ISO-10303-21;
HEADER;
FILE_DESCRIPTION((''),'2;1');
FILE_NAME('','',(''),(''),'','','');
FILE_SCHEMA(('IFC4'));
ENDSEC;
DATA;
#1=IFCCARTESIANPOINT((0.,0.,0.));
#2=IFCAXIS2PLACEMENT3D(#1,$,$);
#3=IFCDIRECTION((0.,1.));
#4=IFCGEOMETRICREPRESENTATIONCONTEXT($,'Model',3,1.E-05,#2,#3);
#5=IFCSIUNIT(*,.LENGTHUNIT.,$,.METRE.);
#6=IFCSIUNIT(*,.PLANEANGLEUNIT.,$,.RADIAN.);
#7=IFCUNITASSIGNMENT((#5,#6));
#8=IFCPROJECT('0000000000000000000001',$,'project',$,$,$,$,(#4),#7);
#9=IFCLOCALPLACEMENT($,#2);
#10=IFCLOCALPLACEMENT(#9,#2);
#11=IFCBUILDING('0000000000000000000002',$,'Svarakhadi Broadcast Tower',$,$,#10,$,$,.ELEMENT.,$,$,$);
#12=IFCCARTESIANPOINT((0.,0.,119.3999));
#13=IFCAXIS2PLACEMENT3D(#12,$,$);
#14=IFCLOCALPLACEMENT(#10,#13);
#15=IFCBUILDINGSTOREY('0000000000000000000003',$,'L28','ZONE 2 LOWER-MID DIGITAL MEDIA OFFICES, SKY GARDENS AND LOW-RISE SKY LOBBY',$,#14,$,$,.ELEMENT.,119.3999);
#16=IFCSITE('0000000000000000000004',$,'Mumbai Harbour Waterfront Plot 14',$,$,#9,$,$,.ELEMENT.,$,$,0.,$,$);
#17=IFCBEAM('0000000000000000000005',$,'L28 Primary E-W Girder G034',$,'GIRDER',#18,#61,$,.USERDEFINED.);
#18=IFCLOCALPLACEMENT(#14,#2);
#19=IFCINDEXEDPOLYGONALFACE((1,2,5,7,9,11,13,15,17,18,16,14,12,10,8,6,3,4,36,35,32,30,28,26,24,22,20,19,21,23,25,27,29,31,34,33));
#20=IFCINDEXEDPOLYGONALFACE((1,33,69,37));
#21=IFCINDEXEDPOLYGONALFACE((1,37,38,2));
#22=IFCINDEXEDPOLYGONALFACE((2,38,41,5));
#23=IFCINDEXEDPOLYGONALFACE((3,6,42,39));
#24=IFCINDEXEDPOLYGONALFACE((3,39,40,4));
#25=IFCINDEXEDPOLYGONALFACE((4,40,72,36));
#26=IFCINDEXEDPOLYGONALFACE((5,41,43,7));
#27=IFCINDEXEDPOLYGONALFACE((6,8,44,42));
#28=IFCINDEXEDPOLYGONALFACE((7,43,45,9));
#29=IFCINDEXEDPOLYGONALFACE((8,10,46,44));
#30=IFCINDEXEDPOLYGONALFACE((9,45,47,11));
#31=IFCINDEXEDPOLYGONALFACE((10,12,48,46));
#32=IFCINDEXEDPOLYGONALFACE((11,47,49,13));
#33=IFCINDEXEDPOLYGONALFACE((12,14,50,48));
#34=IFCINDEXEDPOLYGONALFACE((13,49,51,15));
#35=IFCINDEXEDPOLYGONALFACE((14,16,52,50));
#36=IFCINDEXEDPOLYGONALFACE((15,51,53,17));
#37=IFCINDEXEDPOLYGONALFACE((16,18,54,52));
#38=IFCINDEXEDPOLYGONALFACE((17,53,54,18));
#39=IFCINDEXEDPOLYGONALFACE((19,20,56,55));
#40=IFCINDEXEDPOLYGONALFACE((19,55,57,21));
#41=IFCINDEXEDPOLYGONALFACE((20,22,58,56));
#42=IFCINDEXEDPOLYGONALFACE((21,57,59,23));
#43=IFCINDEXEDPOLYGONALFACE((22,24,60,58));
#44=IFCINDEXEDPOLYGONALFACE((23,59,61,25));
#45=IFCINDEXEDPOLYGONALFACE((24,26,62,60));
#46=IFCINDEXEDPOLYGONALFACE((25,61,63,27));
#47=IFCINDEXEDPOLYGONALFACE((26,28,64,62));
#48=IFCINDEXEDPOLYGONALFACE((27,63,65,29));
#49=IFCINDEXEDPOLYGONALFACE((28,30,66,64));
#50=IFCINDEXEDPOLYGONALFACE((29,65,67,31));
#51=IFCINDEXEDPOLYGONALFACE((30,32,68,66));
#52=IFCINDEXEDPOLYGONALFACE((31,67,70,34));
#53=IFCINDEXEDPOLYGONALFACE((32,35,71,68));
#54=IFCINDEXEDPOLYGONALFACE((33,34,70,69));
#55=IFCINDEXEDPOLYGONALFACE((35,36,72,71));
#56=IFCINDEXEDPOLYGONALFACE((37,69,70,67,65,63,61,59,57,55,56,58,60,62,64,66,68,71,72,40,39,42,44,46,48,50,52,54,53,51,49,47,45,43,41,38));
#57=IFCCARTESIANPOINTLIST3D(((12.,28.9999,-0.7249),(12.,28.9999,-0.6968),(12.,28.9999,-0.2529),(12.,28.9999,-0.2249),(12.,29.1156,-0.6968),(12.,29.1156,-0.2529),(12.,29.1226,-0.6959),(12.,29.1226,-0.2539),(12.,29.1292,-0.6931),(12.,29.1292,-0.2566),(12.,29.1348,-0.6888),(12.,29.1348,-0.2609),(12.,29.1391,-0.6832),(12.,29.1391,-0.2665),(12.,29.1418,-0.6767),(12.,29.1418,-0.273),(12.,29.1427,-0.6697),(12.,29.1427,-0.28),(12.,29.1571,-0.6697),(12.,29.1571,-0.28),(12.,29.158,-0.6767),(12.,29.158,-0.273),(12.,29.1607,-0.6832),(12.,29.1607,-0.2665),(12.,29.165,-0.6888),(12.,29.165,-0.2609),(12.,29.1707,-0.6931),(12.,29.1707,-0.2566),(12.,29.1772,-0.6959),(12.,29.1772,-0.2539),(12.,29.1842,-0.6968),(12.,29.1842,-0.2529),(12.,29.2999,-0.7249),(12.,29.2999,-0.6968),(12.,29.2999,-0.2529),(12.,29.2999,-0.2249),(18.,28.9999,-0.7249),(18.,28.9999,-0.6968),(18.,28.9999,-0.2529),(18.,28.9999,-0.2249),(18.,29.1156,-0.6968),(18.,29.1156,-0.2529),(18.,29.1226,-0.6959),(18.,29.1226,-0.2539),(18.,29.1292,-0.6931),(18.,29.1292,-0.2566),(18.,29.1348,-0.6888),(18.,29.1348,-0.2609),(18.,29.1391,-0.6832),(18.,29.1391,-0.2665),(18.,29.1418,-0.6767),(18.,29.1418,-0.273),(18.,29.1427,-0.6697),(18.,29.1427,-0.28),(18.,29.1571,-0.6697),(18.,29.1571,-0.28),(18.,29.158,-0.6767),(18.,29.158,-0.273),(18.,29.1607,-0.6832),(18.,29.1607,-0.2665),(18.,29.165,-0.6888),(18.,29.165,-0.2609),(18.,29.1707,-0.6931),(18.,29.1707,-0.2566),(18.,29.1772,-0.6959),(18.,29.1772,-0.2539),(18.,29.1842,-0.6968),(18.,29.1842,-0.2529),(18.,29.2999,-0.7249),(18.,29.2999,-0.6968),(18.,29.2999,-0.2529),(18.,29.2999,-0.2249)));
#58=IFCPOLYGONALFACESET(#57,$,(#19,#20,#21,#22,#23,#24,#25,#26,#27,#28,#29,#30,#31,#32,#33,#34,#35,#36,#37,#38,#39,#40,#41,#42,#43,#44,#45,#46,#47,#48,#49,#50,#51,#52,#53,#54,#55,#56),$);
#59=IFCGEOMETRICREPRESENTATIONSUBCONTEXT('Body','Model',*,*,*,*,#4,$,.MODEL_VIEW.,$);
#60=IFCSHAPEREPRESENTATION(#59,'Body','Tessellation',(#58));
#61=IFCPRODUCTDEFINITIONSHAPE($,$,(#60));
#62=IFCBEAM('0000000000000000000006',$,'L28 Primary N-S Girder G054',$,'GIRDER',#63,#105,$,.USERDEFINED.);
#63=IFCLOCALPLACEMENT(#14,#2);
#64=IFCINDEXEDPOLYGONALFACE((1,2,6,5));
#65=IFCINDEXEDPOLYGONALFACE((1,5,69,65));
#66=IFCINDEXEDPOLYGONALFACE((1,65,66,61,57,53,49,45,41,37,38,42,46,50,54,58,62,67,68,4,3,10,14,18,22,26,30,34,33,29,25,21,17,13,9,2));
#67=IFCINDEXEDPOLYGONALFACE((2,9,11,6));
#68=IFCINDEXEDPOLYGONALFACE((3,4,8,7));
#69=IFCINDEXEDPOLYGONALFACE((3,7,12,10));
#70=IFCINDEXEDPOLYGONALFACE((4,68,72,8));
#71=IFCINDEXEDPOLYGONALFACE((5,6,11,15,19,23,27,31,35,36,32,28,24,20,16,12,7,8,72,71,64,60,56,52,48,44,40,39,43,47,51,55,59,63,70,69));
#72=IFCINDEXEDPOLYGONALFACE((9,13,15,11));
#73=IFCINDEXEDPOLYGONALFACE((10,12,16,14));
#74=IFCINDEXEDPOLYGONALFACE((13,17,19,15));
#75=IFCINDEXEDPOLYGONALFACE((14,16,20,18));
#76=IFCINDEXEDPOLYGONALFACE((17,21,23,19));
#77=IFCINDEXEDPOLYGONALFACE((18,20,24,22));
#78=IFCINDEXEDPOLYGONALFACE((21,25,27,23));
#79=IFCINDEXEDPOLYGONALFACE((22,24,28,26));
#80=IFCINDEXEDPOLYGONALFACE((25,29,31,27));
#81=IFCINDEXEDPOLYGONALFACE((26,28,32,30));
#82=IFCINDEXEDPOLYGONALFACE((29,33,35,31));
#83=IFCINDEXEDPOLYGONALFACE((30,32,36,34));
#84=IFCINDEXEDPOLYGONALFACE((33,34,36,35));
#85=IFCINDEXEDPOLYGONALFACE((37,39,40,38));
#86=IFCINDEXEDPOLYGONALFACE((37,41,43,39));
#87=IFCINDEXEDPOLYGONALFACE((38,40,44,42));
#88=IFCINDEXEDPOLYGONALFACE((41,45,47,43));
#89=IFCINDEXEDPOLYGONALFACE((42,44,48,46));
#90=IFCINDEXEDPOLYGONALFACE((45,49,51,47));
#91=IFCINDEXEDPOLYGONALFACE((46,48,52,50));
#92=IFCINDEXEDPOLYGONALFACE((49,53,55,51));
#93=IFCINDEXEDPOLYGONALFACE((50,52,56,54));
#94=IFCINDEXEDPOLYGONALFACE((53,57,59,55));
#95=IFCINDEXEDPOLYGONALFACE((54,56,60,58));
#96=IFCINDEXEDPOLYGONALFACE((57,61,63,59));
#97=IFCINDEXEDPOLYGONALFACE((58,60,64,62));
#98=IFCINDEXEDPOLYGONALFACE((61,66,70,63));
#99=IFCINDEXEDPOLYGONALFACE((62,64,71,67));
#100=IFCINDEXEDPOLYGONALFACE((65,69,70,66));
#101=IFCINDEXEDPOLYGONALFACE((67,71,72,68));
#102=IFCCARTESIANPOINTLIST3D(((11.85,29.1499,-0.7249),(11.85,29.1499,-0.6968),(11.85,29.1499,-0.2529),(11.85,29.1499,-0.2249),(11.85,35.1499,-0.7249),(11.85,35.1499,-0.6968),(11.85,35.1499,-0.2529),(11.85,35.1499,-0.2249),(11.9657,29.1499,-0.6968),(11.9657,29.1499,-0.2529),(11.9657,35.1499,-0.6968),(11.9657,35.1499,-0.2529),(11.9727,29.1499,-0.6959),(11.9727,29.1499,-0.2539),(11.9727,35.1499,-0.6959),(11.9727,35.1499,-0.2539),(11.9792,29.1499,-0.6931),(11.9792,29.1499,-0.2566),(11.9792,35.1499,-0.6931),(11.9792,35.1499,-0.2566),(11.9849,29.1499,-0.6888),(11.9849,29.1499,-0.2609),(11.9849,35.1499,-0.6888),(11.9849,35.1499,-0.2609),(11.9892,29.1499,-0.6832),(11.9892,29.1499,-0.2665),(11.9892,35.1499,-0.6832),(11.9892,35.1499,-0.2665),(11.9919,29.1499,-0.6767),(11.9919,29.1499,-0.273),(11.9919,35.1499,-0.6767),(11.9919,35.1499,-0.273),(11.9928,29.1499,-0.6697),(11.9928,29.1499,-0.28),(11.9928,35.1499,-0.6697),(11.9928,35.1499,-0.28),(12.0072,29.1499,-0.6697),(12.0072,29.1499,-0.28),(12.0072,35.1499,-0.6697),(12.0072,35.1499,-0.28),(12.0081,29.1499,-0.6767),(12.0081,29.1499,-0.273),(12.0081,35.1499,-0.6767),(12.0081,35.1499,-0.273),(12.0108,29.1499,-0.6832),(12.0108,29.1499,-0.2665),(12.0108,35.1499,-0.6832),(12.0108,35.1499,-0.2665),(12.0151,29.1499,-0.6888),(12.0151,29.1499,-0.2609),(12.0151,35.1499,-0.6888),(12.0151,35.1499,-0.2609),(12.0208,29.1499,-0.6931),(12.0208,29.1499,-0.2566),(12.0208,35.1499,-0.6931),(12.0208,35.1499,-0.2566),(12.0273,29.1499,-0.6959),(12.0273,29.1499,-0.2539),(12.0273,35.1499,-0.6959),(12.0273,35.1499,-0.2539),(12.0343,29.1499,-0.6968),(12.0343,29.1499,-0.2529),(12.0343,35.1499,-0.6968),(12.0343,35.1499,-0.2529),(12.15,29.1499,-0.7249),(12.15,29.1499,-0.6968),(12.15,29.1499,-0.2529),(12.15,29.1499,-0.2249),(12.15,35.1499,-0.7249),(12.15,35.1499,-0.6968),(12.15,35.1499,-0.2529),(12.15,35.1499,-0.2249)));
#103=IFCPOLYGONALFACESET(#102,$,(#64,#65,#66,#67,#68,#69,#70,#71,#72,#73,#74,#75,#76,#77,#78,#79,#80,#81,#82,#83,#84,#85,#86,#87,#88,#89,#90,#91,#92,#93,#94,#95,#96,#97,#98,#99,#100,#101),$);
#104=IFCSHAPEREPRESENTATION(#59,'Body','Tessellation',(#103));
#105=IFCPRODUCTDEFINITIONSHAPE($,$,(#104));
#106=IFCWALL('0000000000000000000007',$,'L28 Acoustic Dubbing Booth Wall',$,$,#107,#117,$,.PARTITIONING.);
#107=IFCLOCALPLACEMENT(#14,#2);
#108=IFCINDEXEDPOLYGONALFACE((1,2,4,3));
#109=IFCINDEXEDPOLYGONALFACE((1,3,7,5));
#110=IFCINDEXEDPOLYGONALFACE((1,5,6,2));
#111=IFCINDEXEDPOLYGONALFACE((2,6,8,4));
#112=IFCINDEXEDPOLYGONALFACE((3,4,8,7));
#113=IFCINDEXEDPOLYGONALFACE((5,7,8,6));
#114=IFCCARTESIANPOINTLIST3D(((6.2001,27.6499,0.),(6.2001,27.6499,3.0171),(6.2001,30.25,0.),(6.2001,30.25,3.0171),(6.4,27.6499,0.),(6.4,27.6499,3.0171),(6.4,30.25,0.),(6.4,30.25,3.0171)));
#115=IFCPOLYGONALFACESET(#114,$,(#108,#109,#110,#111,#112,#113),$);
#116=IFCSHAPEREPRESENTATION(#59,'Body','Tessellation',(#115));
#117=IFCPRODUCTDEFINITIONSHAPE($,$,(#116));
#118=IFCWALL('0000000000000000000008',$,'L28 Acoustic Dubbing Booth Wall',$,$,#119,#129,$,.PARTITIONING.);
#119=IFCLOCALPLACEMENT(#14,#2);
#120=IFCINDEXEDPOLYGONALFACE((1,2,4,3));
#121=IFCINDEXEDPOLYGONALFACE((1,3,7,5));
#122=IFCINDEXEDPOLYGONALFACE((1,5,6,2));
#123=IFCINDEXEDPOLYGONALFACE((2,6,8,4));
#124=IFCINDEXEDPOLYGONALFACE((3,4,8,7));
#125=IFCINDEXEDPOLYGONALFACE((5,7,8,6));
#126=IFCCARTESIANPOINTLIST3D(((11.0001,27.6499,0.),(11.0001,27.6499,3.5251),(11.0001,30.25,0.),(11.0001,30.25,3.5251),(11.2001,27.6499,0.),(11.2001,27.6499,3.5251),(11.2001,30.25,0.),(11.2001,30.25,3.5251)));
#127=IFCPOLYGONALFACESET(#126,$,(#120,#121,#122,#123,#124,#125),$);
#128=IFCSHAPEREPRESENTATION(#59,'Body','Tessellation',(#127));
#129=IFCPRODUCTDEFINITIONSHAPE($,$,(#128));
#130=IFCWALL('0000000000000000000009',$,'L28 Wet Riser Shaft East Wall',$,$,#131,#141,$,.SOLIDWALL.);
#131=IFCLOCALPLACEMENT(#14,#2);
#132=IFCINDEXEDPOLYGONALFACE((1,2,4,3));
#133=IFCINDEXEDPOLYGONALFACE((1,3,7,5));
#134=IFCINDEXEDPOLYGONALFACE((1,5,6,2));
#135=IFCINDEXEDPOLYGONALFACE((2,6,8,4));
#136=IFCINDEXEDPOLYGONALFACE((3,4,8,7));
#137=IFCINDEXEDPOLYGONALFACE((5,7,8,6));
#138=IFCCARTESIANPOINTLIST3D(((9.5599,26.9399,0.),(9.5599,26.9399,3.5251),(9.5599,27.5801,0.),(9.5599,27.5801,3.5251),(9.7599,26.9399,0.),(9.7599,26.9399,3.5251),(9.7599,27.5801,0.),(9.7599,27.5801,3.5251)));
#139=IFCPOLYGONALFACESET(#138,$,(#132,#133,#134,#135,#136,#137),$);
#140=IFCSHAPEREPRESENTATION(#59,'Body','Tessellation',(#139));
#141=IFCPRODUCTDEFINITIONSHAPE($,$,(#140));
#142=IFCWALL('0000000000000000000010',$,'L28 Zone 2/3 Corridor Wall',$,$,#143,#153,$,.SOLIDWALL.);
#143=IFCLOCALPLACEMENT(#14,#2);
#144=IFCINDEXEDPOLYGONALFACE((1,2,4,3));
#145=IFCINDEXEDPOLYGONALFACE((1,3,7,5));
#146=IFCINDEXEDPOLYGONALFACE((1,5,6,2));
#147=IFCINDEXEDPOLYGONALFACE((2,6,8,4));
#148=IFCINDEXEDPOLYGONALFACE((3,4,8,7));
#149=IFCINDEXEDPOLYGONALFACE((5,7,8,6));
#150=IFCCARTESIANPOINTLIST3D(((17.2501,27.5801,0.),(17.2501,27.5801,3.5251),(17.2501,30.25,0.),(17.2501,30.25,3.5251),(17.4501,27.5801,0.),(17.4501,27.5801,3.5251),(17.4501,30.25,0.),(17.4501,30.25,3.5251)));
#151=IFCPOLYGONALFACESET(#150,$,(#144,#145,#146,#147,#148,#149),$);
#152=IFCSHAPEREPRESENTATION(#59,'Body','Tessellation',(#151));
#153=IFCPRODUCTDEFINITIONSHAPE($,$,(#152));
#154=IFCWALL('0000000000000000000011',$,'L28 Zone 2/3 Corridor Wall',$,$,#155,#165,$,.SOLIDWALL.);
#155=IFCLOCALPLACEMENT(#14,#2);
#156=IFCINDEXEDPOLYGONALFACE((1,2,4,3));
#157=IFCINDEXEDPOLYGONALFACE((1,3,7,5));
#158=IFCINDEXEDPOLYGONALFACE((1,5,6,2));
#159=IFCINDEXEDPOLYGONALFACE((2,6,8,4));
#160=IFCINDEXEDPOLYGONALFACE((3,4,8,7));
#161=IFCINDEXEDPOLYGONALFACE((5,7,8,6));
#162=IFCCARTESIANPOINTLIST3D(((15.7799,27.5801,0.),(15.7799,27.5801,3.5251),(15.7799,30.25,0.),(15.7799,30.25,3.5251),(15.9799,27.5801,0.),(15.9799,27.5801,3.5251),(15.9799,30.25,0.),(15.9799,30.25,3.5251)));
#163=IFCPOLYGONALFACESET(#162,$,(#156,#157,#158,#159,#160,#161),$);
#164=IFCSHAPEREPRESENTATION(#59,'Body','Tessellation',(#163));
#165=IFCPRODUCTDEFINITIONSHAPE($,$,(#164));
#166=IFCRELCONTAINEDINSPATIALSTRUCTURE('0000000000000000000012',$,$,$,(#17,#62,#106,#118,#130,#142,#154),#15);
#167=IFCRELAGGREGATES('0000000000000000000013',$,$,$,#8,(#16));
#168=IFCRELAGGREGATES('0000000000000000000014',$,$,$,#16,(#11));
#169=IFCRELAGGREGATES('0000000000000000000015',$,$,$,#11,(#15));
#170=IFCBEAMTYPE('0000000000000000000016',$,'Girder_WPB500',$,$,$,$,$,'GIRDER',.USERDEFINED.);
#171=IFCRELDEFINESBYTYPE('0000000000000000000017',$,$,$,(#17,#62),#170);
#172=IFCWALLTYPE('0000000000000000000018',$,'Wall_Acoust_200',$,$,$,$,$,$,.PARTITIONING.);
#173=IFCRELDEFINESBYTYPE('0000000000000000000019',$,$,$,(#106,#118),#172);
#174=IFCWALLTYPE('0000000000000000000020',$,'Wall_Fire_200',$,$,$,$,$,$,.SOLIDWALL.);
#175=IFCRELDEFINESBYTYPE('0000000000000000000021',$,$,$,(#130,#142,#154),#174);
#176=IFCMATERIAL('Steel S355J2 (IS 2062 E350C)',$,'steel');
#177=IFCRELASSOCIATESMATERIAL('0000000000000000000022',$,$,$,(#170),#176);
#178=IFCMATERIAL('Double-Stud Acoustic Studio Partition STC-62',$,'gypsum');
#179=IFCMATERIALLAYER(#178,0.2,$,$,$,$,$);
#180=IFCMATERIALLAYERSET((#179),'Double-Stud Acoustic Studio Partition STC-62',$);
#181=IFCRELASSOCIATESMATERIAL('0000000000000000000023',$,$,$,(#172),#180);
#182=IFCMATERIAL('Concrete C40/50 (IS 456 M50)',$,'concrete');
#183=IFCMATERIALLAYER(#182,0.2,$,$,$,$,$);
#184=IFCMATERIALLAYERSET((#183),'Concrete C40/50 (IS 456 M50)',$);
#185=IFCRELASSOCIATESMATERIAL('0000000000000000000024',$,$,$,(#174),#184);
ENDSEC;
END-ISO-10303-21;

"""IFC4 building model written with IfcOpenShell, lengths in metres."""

from ifc_helpers import new_model, si_unit, direction, frame, frame_2d, origin, origin_2d, place, context, subcontext, project, spatial, rectangle, i_section, extrude, material, layer, layer_set, material_profile, profile_set, type_object, element, save


model = new_model("IFC4")

# Units and contexts
model_context = context("Model", 3, precision=1e-05, world=origin(), true_north=direction((0.0, 1.0)))
body_context = subcontext(model_context, "Body", "Model", "MODEL_VIEW")
ifc_project = project(units=[si_unit("LENGTHUNIT", "METRE"), si_unit("PLANEANGLEUNIT", "RADIAN")], contexts=[model_context])

# Site, building, storey
site_placement = place(None, origin())
site = spatial("IfcSite", under=ifc_project, at=site_placement, Name="Mumbai Harbour Waterfront Plot 14", CompositionType="ELEMENT", RefElevation=0.0)
building_placement = place(site_placement, origin())
building = spatial("IfcBuilding", under=site, at=building_placement, Name="Svarakhadi Broadcast Tower", CompositionType="ELEMENT")
storey_placement = place(building_placement, frame((0.0, 0.0, 119.3999)))
storey = spatial("IfcBuildingStorey", under=building, at=storey_placement, Name="L28", Description="ZONE 2 LOWER-MID DIGITAL MEDIA OFFICES, SKY GARDENS AND LOW-RISE SKY LOBBY", CompositionType="ELEMENT", Elevation=119.3999)

# Beams
ifc_material_1 = material(Name="Steel S355J2 (IS 2062 E350C)", Category="steel")
ifc_material_profile_1 = material_profile(ifc_material_1, i_section(OverallWidth=0.3, OverallDepth=0.5, WebThickness=0.0144, FlangeThickness=0.0281, FilletRadius=0.0271, at=origin_2d()), Name="WPB 500x300x187")
ifc_profile_set_1 = profile_set([ifc_material_profile_1], Name="Steel S355J2 (IS 2062 E350C)")
beam_type_1 = type_object("IfcBeamType", Name="Girder_WPB500", ElementType="GIRDER", PredefinedType="USERDEFINED", material=ifc_profile_set_1)
for number, where, z_axis, x_axis, name in (
    (1, (12.0, 29.1499, -0.4749), (1.0, 0.0, 0.0), (0.0, 1.0, 0.0), "L28 Primary E-W Girder G034"),
    (2, (12.0, 29.1499, -0.4749), (0.0, 1.0, 0.0), (-1.0, 0.0, 0.0), "L28 Primary N-S Girder G054"),
):
    element("IfcBeam", number, at=place(storey_placement, frame(where, z_axis=z_axis, x_axis=x_axis)), inside=storey, type_object=beam_type_1, Name=name, ObjectType="GIRDER", PredefinedType="USERDEFINED", context=body_context, shape_type="SweptSolid", body=[
        extrude(i_section(OverallWidth=0.3, OverallDepth=0.5, WebThickness=0.0144, FlangeThickness=0.0281, FilletRadius=0.0271, at=origin_2d()), origin(), (0.0, 0.0, 1.0), 6.0),
    ])

# Walls
ifc_material_2 = material(Name="Double-Stud Acoustic Studio Partition STC-62", Category="gypsum")
ifc_layer_1 = layer(ifc_material_2, 0.2)
ifc_layer_set_1 = layer_set([ifc_layer_1], Name="Double-Stud Acoustic Studio Partition STC-62")
wall_type_1 = type_object("IfcWallType", Name="Wall_Acoust_200", PredefinedType="PARTITIONING", material=ifc_layer_set_1)
wall_1_placement = place(storey_placement, frame((6.3, 27.6499, 0.0), z_axis=(0.0, 0.0, 1.0), x_axis=(0.0, 1.0, 0.0)))
element("IfcWall", 3, at=wall_1_placement, inside=storey, type_object=wall_type_1, Name="L28 Acoustic Dubbing Booth Wall", PredefinedType="PARTITIONING", context=body_context, shape_type="SweptSolid", body=[
    extrude(rectangle(XDim=2.6001, YDim=0.2, at=frame_2d((1.3, 0.0))), origin(), (0.0, 0.0, 1.0), 3.0171),
])
wall_2_placement = place(storey_placement, frame((11.1001, 27.6499, 0.0), z_axis=(0.0, 0.0, 1.0), x_axis=(0.0, 1.0, 0.0)))
element("IfcWall", 4, at=wall_2_placement, inside=storey, type_object=wall_type_1, Name="L28 Acoustic Dubbing Booth Wall", PredefinedType="PARTITIONING", context=body_context, shape_type="SweptSolid", body=[
    extrude(rectangle(XDim=2.6001, YDim=0.2, at=frame_2d((1.3, 0.0))), origin(), (0.0, 0.0, 1.0), 3.5251),
])
ifc_material_3 = material(Name="Concrete C40/50 (IS 456 M50)", Category="concrete")
ifc_layer_2 = layer(ifc_material_3, 0.2)
ifc_layer_set_2 = layer_set([ifc_layer_2], Name="Concrete C40/50 (IS 456 M50)")
wall_type_2 = type_object("IfcWallType", Name="Wall_Fire_200", PredefinedType="SOLIDWALL", material=ifc_layer_set_2)
wall_3_placement = place(storey_placement, frame((9.6599, 26.9399, 0.0), z_axis=(0.0, 0.0, 1.0), x_axis=(0.0, 1.0, 0.0)))
element("IfcWall", 5, at=wall_3_placement, inside=storey, type_object=wall_type_2, Name="L28 Wet Riser Shaft East Wall", PredefinedType="SOLIDWALL", context=body_context, shape_type="SweptSolid", body=[
    extrude(rectangle(XDim=0.6401, YDim=0.2, at=frame_2d((0.3201, 0.0))), origin(), (0.0, 0.0, 1.0), 3.5251),
])
for number, where, z_axis, x_axis, name in (
    (6, (17.3501, 30.25, 0.0), (0.0, 0.0, 1.0), (0.0, -1.0, 0.0), "L28 Zone 2/3 Corridor Wall"),
    (7, (15.8799, 27.5801, 0.0), (0.0, 0.0, 1.0), (0.0, 1.0, 0.0), "L28 Zone 2/3 Corridor Wall"),
):
    element("IfcWall", number, at=place(storey_placement, frame(where, z_axis=z_axis, x_axis=x_axis)), inside=storey, type_object=wall_type_2, Name=name, PredefinedType="SOLIDWALL", context=body_context, shape_type="SweptSolid", body=[
        extrude(rectangle(XDim=2.6699, YDim=0.2, at=frame_2d((1.335, 0.0))), origin(), (0.0, 0.0, 1.0), 3.5251),
    ])

save(model, "model.ifc")
